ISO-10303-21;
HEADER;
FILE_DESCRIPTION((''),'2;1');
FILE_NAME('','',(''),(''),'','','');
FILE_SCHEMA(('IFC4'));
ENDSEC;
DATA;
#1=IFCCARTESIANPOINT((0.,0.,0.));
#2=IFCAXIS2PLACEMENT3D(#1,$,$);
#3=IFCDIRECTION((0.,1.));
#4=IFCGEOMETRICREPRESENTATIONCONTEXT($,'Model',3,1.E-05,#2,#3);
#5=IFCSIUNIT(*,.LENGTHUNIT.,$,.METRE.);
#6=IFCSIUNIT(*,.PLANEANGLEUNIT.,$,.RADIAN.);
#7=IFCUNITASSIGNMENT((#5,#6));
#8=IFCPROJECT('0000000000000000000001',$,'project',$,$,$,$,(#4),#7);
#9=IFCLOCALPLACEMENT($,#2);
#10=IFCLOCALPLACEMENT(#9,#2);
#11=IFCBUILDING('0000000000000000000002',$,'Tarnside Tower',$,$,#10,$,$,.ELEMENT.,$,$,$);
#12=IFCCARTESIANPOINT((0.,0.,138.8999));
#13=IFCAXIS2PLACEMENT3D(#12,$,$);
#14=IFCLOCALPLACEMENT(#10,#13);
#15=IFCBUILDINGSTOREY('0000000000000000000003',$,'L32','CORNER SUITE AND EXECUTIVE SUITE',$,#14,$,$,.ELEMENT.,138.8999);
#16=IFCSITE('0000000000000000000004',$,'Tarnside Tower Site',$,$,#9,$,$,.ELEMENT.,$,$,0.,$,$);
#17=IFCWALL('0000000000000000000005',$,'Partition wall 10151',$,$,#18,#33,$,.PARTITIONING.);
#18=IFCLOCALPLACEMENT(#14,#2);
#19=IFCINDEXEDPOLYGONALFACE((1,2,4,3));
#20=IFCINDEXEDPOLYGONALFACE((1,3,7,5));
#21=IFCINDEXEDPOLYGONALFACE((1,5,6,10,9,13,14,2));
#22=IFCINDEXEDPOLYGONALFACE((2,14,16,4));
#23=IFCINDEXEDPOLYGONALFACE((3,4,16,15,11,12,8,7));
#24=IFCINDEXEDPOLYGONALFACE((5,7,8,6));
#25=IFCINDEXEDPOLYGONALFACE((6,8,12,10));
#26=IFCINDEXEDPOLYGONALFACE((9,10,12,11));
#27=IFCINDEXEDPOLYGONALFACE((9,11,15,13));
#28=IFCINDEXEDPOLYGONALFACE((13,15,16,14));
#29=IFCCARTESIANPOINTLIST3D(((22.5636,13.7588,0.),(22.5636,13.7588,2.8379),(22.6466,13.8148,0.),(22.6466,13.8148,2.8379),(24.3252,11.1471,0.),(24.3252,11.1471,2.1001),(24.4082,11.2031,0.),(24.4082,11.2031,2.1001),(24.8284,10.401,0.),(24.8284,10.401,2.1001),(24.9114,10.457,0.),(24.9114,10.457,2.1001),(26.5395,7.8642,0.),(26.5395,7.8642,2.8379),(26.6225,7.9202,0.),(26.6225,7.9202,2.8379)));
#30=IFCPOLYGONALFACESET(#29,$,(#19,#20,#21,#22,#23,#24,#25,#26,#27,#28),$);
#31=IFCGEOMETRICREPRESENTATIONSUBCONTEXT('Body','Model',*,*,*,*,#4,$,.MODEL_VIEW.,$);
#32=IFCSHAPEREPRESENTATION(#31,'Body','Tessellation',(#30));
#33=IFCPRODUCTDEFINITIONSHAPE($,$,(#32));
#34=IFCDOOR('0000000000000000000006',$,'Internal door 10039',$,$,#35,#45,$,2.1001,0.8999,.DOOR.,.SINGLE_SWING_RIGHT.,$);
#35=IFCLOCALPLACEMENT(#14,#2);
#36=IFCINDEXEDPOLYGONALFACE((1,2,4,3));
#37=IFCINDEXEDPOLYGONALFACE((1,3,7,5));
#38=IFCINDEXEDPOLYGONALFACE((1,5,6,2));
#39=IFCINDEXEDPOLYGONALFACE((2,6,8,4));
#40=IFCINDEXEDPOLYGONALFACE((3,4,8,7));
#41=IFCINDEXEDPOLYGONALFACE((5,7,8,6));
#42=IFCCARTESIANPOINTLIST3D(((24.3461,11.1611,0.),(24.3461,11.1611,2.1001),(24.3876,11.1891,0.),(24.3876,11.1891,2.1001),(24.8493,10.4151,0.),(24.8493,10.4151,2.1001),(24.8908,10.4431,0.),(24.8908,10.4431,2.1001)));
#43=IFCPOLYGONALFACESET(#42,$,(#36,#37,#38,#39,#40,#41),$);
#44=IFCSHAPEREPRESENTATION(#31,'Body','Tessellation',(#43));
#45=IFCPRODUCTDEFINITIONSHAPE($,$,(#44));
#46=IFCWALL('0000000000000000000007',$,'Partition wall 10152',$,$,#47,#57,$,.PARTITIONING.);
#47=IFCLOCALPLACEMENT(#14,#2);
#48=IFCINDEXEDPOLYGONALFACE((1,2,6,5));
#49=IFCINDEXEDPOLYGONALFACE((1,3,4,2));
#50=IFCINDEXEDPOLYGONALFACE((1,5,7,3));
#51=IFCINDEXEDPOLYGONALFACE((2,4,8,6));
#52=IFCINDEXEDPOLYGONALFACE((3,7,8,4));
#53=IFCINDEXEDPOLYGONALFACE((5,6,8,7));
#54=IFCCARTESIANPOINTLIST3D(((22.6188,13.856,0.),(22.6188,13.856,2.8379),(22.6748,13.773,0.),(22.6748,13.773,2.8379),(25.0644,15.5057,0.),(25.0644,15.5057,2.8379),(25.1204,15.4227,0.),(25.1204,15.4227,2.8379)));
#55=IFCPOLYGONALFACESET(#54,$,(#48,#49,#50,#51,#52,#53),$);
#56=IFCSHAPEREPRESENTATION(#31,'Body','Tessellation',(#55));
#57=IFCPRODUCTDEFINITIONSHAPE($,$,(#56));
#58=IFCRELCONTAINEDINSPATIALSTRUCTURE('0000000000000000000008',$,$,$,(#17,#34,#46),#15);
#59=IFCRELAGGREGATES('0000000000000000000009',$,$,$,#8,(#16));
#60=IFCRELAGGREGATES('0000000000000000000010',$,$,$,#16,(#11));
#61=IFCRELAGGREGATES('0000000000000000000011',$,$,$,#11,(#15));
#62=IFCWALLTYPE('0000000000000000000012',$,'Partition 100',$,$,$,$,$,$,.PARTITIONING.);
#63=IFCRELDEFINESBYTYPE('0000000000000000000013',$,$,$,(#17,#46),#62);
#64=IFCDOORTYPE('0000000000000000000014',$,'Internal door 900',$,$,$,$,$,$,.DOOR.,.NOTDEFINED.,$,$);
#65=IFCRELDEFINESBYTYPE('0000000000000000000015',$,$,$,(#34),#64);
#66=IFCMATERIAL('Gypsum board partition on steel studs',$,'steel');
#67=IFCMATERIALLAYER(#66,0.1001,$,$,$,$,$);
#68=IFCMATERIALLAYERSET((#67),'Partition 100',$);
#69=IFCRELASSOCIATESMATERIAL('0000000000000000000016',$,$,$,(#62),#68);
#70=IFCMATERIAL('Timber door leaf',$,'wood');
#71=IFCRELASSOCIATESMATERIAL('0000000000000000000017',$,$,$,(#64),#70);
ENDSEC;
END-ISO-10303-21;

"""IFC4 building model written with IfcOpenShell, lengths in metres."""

from ifc_helpers import new_model, si_unit, direction, frame, frame_2d, origin, place, context, subcontext, project, spatial, rectangle, extrude, material, layer, layer_set, type_object, element, fill, save


model = new_model("IFC4")

# Units and contexts
model_context = context("Model", 3, precision=1e-05, world=origin(), true_north=direction((0.0, 1.0)))
body_context = subcontext(model_context, "Body", "Model", "MODEL_VIEW")
ifc_project = project(units=[si_unit("LENGTHUNIT", "METRE"), si_unit("PLANEANGLEUNIT", "RADIAN")], contexts=[model_context])

# Site, building, storey
site_placement = place(None, origin())
site = spatial("IfcSite", under=ifc_project, at=site_placement, Name="Tarnside Tower Site", CompositionType="ELEMENT", RefElevation=0.0)
building_placement = place(site_placement, origin())
building = spatial("IfcBuilding", under=site, at=building_placement, Name="Tarnside Tower", CompositionType="ELEMENT")
storey_placement = place(building_placement, frame((0.0, 0.0, 138.8999)))
storey = spatial("IfcBuildingStorey", under=building, at=storey_placement, Name="L32", Description="CORNER SUITE AND EXECUTIVE SUITE", CompositionType="ELEMENT", Elevation=138.8999)

# Shared definitions
ifc_material_1 = material(Name="Gypsum board partition on steel studs", Category="steel")
ifc_material_2 = material(Name="Timber door leaf", Category="wood")

# Wall, opening, door
ifc_layer_1 = layer(ifc_material_1, 0.1001)
ifc_layer_set_1 = layer_set([ifc_layer_1], Name="Partition 100")
wall_type_1 = type_object("IfcWallType", Name="Partition 100", PredefinedType="PARTITIONING", material=ifc_layer_set_1)
wall_1_placement = place(storey_placement, frame((26.5811, 7.8921, 0.0), z_axis=(0.0, 0.0, 1.0), x_axis=(-0.559185, 0.829043, 0.0)))
wall_1 = element("IfcWall", 1, at=wall_1_placement, inside=storey, type_object=wall_type_1, Name="Partition wall 10151", PredefinedType="PARTITIONING", context=body_context, shape_type="SweptSolid", body=[
    extrude(rectangle(XDim=7.1101, YDim=0.1001, at=frame_2d((3.5552, 0.0))), origin(), (0.0, 0.0, 1.0), 2.8379),
])
opening_1_placement = place(wall_1_placement, frame((3.0601, 0.0, 0.0)))
opening_1 = element("IfcOpeningElement", 2, at=opening_1_placement, cuts=wall_1, PredefinedType="OPENING", context=body_context, shape_type="SweptSolid", body=[
    extrude(rectangle(XDim=0.8999, YDim=2.1001, at=frame_2d((0.45, 1.05))), frame((0.0, 0.0601, 0.0), z_axis=(0.0, -1.0, 0.0), x_axis=(1.0, 0.0, 0.0)), (0.0, 0.0, 1.0), 0.1201),
])
door_type_1 = type_object("IfcDoorType", Name="Internal door 900", OperationType="NOTDEFINED", PredefinedType="DOOR", material=ifc_material_2)
door_1_placement = place(opening_1_placement, origin())
door_1 = element("IfcDoor", 3, at=door_1_placement, inside=storey, type_object=door_type_1, Name="Internal door 10039", OperationType="SINGLE_SWING_RIGHT", OverallHeight=2.1001, OverallWidth=0.8999, PredefinedType="DOOR", context=body_context, shape_type="SweptSolid", body=[
    extrude(rectangle(XDim=0.8999, YDim=2.1001, at=frame_2d((0.45, 1.05))), frame((0.0, 0.0249, 0.0), z_axis=(0.0, -1.0, 0.0), x_axis=(1.0, 0.0, 0.0)), (0.0, 0.0, 1.0), 0.05),
])
fill(opening_1, door_1)

# Wall
wall_2_placement = place(storey_placement, frame((22.6467, 13.8145, 0.0), z_axis=(0.0, 0.0, 1.0), x_axis=(0.82902, 0.559218, 0.0)))
element("IfcWall", 4, at=wall_2_placement, inside=storey, type_object=wall_type_1, Name="Partition wall 10152", PredefinedType="PARTITIONING", context=body_context, shape_type="SweptSolid", body=[
    extrude(rectangle(XDim=2.95, YDim=0.1001, at=frame_2d((1.4751, 0.0))), origin(), (0.0, 0.0, 1.0), 2.8379),
])

save(model, "model.ifc")
